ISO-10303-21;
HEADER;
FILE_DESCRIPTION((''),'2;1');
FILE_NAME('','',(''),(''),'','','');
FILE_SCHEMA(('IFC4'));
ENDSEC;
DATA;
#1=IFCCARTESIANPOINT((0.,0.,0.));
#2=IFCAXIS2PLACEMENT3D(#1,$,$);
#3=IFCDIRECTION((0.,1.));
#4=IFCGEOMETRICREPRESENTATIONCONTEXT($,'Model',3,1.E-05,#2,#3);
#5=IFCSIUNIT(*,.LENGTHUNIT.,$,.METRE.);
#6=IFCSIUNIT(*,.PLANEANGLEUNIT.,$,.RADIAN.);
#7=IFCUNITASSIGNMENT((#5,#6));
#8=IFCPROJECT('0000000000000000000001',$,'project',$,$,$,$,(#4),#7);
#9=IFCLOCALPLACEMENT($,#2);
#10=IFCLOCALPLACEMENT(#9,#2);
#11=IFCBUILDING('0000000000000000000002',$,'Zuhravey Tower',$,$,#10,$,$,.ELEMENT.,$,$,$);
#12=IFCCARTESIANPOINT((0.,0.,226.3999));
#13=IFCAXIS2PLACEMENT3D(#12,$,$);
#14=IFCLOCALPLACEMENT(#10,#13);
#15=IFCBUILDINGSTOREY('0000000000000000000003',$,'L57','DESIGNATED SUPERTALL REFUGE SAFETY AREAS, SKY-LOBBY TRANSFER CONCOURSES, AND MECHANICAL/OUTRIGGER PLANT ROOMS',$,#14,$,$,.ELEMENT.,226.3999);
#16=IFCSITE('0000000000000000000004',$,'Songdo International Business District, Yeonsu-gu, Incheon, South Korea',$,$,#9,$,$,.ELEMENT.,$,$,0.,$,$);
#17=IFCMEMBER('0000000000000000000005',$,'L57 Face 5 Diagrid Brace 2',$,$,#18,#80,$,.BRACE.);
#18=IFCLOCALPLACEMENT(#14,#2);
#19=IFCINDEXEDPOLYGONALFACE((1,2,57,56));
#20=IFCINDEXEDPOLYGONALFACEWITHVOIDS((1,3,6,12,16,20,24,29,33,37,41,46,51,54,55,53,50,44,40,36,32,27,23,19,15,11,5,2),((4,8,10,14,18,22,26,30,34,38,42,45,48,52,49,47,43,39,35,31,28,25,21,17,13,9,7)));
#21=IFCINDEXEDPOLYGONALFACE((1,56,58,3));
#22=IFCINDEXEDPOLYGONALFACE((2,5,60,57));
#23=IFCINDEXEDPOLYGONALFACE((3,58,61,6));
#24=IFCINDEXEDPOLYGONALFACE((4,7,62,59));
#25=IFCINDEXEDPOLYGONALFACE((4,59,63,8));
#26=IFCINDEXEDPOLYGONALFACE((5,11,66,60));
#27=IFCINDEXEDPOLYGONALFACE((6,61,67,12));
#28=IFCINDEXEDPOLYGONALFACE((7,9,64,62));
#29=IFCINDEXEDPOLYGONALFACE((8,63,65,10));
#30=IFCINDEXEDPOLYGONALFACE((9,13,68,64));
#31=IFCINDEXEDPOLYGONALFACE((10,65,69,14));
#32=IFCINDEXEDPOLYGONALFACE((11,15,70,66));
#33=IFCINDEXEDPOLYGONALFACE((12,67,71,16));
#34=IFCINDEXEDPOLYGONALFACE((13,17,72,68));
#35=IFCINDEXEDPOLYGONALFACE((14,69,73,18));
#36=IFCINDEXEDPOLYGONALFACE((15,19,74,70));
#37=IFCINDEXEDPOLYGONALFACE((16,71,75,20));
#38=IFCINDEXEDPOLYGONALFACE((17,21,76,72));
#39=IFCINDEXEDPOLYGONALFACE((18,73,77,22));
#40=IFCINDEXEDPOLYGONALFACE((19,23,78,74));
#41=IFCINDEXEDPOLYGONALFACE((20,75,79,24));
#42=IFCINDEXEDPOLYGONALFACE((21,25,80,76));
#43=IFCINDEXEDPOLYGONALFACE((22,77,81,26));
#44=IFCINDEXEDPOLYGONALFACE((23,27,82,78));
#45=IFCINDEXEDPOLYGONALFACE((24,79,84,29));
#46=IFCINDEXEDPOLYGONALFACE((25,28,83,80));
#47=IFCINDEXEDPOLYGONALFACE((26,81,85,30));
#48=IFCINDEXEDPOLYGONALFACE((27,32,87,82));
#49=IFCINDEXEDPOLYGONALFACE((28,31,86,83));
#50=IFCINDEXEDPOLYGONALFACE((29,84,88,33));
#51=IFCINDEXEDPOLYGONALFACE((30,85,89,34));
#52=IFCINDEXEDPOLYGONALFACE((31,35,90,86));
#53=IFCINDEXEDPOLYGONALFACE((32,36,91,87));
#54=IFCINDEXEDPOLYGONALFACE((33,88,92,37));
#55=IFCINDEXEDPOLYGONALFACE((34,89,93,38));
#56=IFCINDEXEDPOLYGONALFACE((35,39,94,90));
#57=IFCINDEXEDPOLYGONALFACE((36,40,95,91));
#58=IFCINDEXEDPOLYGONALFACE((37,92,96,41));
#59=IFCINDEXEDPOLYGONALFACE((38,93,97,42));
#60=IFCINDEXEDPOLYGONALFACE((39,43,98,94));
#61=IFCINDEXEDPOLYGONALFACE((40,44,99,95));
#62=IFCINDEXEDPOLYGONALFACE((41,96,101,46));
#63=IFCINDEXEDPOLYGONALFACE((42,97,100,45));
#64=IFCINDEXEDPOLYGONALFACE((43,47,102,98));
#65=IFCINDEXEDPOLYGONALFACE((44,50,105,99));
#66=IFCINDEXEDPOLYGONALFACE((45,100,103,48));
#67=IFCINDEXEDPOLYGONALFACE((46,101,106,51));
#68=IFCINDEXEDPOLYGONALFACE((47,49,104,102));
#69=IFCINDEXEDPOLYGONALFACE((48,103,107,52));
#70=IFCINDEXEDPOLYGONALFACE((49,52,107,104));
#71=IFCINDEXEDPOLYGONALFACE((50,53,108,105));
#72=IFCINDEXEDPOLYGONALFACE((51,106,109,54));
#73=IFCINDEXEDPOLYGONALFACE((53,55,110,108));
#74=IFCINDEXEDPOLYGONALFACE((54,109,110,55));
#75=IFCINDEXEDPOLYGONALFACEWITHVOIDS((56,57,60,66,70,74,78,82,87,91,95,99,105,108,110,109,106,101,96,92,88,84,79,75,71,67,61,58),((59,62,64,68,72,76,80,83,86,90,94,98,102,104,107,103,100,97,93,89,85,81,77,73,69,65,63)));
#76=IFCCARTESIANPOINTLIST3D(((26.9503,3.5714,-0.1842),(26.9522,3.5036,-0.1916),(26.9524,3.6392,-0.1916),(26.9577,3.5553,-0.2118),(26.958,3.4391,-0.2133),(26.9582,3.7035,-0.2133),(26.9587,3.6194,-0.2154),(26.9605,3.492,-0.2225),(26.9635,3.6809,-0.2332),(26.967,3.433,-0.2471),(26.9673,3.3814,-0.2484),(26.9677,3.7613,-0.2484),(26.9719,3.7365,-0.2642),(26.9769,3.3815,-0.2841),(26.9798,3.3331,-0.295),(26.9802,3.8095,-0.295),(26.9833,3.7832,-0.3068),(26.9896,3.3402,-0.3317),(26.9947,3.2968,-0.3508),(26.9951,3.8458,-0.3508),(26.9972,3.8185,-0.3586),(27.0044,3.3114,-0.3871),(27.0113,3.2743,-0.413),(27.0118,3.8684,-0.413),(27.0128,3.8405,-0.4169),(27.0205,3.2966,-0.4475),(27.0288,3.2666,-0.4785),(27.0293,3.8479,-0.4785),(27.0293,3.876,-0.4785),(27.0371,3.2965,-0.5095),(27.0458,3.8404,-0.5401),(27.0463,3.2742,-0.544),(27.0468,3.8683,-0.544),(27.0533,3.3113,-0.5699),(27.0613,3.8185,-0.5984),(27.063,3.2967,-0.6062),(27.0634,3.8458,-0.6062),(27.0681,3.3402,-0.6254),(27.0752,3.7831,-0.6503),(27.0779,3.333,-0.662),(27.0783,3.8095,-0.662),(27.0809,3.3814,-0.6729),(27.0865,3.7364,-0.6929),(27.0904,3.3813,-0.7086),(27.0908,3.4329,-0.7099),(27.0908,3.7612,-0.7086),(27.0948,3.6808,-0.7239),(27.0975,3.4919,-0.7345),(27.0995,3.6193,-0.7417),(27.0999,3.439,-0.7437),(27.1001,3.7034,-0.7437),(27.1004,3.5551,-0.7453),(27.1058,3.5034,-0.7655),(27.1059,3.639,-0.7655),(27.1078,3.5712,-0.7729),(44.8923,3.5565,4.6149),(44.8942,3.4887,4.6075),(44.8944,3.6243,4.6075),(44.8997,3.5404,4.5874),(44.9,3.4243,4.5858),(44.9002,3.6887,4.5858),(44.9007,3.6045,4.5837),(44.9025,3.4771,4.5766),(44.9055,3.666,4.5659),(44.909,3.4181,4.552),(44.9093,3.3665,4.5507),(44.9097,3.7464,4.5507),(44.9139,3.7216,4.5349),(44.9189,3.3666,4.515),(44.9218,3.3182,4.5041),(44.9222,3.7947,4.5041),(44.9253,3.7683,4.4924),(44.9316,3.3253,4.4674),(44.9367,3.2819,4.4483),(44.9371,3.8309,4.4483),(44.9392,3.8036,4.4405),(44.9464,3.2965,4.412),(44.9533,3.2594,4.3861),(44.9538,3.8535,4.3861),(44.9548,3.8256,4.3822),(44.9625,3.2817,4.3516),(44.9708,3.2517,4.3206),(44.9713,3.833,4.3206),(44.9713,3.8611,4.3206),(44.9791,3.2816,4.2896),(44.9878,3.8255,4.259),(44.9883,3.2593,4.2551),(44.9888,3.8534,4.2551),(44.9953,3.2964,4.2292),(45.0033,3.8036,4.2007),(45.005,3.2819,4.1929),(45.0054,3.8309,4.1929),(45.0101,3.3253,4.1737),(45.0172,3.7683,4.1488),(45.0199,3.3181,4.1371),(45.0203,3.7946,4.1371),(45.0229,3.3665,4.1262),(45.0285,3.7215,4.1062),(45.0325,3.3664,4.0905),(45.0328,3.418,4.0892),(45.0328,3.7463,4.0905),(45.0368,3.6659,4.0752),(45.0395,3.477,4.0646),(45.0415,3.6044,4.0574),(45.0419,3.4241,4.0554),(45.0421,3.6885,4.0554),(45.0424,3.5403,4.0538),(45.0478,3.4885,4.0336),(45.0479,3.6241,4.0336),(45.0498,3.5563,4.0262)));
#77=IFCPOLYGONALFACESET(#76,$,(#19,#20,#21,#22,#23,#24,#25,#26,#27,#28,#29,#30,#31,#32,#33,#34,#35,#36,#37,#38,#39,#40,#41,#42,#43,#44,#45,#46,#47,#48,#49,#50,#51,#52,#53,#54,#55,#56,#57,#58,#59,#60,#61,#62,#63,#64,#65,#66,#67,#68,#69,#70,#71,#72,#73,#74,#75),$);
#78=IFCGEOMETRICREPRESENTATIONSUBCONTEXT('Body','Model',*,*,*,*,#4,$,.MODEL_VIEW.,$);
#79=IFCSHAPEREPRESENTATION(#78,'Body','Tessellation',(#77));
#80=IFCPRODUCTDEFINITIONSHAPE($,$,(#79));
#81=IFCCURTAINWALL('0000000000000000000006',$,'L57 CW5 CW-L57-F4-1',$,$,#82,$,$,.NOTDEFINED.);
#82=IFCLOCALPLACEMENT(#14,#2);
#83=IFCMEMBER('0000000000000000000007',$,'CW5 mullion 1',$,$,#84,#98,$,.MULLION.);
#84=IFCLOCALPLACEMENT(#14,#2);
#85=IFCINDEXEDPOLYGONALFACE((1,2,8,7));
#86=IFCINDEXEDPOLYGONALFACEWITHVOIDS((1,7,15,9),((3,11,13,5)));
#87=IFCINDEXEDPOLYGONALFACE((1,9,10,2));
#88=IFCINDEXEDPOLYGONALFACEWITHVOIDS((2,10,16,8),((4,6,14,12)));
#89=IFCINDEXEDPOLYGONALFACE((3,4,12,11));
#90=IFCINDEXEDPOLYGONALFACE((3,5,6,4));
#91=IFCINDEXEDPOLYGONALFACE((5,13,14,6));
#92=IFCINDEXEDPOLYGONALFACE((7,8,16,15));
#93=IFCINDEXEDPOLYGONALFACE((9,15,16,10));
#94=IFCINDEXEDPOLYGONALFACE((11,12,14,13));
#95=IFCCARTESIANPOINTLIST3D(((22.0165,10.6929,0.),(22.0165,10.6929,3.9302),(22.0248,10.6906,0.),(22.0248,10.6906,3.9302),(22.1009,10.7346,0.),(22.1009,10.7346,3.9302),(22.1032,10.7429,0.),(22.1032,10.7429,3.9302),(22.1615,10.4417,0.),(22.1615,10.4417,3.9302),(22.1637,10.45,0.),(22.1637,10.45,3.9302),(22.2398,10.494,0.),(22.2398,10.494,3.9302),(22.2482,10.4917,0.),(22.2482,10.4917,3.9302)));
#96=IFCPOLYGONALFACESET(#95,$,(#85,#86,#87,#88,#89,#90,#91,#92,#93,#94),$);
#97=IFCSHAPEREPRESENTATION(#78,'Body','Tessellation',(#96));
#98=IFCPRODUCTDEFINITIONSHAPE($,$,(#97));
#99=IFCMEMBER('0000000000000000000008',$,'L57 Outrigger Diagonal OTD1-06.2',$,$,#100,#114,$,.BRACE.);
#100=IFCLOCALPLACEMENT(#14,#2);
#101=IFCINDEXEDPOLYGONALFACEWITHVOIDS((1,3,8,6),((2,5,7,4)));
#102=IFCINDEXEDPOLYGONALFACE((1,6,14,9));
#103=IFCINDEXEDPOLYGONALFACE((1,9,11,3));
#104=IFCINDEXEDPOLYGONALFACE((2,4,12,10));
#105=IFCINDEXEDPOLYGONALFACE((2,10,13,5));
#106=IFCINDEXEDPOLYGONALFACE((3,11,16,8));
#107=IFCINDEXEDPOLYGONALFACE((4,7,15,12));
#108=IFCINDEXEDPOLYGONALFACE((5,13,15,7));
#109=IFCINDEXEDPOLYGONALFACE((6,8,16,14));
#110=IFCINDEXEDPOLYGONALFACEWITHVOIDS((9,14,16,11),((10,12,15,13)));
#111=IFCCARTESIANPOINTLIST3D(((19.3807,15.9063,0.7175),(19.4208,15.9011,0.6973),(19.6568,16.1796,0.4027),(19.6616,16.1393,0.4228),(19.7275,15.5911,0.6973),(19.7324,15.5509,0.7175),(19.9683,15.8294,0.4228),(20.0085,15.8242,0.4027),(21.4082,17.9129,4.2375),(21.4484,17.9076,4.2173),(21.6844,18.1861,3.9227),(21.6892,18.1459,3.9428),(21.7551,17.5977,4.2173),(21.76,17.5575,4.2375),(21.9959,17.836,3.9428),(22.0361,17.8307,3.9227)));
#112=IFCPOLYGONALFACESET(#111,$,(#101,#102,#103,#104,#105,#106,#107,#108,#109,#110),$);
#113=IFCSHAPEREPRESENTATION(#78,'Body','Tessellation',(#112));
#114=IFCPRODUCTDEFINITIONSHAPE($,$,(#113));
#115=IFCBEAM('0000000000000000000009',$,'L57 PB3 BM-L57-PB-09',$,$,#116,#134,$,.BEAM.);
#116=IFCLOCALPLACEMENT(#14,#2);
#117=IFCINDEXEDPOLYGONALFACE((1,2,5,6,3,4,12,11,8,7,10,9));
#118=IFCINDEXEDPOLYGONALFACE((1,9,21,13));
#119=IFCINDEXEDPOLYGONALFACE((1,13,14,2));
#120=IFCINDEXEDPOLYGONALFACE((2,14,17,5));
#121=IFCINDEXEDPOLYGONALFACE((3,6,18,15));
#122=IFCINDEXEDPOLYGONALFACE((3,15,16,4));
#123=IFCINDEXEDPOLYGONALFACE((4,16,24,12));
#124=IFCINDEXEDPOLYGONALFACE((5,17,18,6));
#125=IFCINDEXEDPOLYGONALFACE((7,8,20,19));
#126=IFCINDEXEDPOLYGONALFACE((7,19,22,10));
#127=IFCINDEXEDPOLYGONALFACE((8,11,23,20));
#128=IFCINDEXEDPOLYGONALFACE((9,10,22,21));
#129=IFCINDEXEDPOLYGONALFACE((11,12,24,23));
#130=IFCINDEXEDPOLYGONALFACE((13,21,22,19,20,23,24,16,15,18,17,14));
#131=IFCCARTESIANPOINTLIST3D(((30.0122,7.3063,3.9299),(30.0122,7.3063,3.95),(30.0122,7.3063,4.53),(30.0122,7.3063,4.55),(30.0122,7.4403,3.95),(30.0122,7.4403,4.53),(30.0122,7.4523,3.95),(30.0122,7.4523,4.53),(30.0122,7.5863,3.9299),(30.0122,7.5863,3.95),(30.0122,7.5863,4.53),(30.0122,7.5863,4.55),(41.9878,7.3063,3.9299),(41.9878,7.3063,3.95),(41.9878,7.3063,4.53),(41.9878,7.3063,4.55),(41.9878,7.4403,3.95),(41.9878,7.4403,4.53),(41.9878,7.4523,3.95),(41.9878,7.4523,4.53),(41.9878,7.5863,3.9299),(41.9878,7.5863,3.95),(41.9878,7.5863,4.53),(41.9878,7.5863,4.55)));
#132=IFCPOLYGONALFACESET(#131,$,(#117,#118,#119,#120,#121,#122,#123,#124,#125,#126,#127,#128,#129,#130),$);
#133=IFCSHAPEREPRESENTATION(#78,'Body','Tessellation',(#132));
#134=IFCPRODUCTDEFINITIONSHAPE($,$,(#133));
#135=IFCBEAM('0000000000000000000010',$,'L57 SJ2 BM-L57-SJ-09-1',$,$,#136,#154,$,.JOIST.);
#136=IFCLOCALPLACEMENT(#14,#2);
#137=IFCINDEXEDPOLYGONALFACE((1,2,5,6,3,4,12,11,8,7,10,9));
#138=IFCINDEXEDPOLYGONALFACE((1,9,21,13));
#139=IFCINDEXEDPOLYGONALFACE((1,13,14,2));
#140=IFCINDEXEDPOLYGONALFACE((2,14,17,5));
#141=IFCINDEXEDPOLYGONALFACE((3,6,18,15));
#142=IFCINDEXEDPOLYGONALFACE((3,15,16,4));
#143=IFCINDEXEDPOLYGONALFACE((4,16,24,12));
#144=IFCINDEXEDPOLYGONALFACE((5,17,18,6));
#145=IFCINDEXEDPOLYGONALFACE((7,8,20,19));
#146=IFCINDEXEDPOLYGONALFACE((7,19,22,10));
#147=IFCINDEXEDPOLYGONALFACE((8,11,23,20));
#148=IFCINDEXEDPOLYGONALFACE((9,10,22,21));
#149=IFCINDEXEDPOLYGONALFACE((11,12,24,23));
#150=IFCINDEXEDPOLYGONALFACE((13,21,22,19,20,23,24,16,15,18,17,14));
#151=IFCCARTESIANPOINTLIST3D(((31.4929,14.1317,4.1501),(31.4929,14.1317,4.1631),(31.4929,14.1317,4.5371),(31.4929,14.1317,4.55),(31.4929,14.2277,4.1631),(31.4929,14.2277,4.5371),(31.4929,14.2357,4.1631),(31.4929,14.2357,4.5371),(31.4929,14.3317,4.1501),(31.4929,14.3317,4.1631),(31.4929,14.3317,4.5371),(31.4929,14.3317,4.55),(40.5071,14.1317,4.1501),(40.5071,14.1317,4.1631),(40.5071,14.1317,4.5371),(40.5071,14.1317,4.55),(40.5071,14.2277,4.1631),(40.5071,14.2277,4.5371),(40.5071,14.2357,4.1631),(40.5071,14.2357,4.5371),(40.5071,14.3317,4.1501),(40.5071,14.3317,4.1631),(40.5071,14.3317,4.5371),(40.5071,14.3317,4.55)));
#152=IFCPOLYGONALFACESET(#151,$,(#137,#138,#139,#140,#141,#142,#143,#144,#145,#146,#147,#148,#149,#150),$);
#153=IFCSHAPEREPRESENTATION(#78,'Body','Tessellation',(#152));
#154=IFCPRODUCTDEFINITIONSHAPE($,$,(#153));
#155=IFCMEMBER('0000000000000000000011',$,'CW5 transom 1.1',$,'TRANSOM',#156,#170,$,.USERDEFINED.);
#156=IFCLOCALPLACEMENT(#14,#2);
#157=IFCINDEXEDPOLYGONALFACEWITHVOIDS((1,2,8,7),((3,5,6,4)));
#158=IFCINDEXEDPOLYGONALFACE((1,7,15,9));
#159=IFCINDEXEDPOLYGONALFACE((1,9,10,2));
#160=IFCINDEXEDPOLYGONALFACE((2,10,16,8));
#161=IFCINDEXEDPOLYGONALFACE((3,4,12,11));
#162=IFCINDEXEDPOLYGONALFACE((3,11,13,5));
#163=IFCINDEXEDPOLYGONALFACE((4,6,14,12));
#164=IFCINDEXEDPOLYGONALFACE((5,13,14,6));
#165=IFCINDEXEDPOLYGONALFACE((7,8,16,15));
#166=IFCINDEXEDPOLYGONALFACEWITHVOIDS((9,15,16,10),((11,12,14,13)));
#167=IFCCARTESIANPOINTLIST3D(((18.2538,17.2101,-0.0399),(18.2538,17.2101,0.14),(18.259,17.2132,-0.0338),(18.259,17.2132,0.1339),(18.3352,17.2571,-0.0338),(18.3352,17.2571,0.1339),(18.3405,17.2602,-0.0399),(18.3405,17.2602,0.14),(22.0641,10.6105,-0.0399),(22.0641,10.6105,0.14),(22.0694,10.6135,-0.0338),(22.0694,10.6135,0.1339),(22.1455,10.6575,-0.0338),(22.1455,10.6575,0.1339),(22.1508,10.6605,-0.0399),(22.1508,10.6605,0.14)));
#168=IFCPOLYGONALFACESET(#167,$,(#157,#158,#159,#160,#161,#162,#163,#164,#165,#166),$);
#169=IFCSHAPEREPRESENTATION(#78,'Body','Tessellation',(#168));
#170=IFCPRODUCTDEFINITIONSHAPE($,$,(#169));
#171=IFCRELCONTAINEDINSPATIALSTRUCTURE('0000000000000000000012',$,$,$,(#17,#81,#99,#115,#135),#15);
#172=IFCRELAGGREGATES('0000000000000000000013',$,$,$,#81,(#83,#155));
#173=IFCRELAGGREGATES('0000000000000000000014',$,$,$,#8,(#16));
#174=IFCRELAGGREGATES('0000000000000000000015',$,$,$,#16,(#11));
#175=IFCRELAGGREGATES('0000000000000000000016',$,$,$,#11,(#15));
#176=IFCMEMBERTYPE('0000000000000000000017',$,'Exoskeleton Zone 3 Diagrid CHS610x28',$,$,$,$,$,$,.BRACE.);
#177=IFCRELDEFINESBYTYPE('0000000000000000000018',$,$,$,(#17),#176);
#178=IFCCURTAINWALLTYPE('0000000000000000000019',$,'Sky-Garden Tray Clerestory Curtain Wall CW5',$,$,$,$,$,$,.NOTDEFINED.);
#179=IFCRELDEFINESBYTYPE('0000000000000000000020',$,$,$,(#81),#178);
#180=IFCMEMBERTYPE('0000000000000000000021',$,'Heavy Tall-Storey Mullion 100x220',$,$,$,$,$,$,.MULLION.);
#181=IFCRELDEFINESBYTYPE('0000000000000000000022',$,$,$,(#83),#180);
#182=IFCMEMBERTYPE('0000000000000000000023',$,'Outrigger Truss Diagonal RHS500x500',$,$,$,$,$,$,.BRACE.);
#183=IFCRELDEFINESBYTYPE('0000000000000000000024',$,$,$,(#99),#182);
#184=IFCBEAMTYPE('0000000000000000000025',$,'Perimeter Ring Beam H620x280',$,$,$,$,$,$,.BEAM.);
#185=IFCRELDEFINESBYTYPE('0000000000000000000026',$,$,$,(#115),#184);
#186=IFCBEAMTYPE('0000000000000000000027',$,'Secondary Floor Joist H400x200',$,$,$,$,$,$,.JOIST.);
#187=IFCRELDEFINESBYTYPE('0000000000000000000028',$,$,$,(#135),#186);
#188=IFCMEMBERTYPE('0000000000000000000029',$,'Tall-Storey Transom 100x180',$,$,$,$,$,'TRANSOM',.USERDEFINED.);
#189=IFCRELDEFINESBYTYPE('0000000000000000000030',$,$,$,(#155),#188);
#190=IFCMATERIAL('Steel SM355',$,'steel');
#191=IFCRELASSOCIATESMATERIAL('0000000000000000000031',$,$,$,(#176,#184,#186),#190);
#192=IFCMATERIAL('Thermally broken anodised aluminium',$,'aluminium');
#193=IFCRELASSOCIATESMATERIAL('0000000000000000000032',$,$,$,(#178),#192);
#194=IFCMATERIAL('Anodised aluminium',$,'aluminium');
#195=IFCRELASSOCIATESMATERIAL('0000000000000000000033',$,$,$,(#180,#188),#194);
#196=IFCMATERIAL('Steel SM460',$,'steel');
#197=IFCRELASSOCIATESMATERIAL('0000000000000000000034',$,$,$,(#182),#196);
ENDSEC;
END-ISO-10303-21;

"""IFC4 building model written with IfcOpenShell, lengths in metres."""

from ifc_helpers import new_model, si_unit, direction, frame, origin, origin_2d, place, context, subcontext, project, spatial, hollow_rectangle, hollow_circle, i_section, extrude, material, material_profile, profile_set, type_object, element, aggregate, save


model = new_model("IFC4")

# Units and contexts
model_context = context("Model", 3, precision=1e-05, world=origin(), true_north=direction((0.0, 1.0)))
body_context = subcontext(model_context, "Body", "Model", "MODEL_VIEW")
ifc_project = project(units=[si_unit("LENGTHUNIT", "METRE"), si_unit("PLANEANGLEUNIT", "RADIAN")], contexts=[model_context])

# Site, building, storey
site_placement = place(None, origin())
site = spatial("IfcSite", under=ifc_project, at=site_placement, Name="Songdo International Business District, Yeonsu-gu, Incheon, South Korea", CompositionType="ELEMENT", RefElevation=0.0)
building_placement = place(site_placement, origin())
building = spatial("IfcBuilding", under=site, at=building_placement, Name="Zuhravey Tower", CompositionType="ELEMENT")
storey_placement = place(building_placement, frame((0.0, 0.0, 226.3999)))
storey = spatial("IfcBuildingStorey", under=building, at=storey_placement, Name="L57", Description="DESIGNATED SUPERTALL REFUGE SAFETY AREAS, SKY-LOBBY TRANSFER CONCOURSES, AND MECHANICAL/OUTRIGGER PLANT ROOMS", CompositionType="ELEMENT", Elevation=226.3999)

# Shared definitions
ifc_material_1 = material(Name="Steel SM355", Category="steel")

# Shared definitions
ifc_material_2 = material(Name="Steel SM460", Category="steel")

# Member
ifc_material_profile_1 = material_profile(ifc_material_1, hollow_circle(Radius=0.3047, WallThickness=0.0281, at=origin_2d()), Name="CHS-609.6x28")
ifc_profile_set_1 = profile_set([ifc_material_profile_1], Name="Steel SM355")
member_type_1 = type_object("IfcMemberType", Name="Exoskeleton Zone 3 Diagrid CHS610x28", PredefinedType="BRACE", material=ifc_profile_set_1)
member_1_placement = place(storey_placement, frame((27.0291, 3.5713, -0.4785), z_axis=(0.966039, -0.000802, 0.258395), x_axis=(0.00083, 1.0, 0.0)))
element("IfcMember", 1, at=member_1_placement, inside=storey, type_object=member_type_1, Name="L57 Face 5 Diagrid Brace 2", PredefinedType="BRACE", context=body_context, shape_type="SweptSolid", body=[
    extrude(hollow_circle(Radius=0.3047, WallThickness=0.0281, at=origin_2d()), origin(), (0.0, 0.0, 1.0), 18.5728),
])

# Curtain wall, member
ifc_material_3 = material(Name="Thermally broken anodised aluminium", Category="aluminium")
curtain_wall_type = type_object("IfcCurtainWallType", Name="Sky-Garden Tray Clerestory Curtain Wall CW5", PredefinedType="NOTDEFINED", material=ifc_material_3)
curtain_wall_placement = place(storey_placement, origin())
curtain_wall = element("IfcCurtainWall", 2, at=curtain_wall_placement, inside=storey, type_object=curtain_wall_type, Name="L57 CW5 CW-L57-F4-1", PredefinedType="NOTDEFINED")
ifc_material_4 = material(Name="Anodised aluminium", Category="aluminium")
ifc_material_profile_2 = material_profile(ifc_material_4, hollow_rectangle(XDim=0.1001, YDim=0.29, WallThickness=0.0061, at=origin_2d()), Name="ALU-RHS-100x290x6")
ifc_profile_set_2 = profile_set([ifc_material_profile_2], Name="Anodised aluminium")
member_type_2 = type_object("IfcMemberType", Name="Heavy Tall-Storey Mullion 100x220", PredefinedType="MULLION", material=ifc_profile_set_2)
member_2_placement = place(storey_placement, frame((22.1323, 10.5923, 0.0), z_axis=(0.0, 0.0, 1.0), x_axis=(-0.866025, -0.5, 0.0)))
member_2 = element("IfcMember", 3, at=member_2_placement, type_object=member_type_2, Name="CW5 mullion 1", PredefinedType="MULLION", context=body_context, shape_type="SweptSolid", body=[
    extrude(hollow_rectangle(XDim=0.1001, YDim=0.29, WallThickness=0.0061, at=origin_2d()), origin(), (0.0, 0.0, 1.0), 3.9302),
])

# Member
ifc_material_profile_3 = material_profile(ifc_material_2, hollow_rectangle(XDim=0.5, YDim=0.5, WallThickness=0.032, at=origin_2d()), Name="RHS-500x500x32")
ifc_profile_set_3 = profile_set([ifc_material_profile_3], Name="Steel SM460")
member_type_3 = type_object("IfcMemberType", Name="Outrigger Truss Diagonal RHS500x500", PredefinedType="BRACE", material=ifc_profile_set_3)
member_3_placement = place(storey_placement, frame((19.6946, 15.8652, 0.5601), z_axis=(0.447513, 0.442879, 0.776911), x_axis=(-0.703417, 0.710777, 0.0)))
element("IfcMember", 4, at=member_3_placement, inside=storey, type_object=member_type_3, Name="L57 Outrigger Diagonal OTD1-06.2", PredefinedType="BRACE", context=body_context, shape_type="SweptSolid", body=[
    extrude(hollow_rectangle(XDim=0.5, YDim=0.5, WallThickness=0.032, at=origin_2d()), origin(), (0.0, 0.0, 1.0), 4.5308),
])

# Beams
ifc_material_profile_4 = material_profile(ifc_material_1, i_section(OverallWidth=0.28, OverallDepth=0.6201, WebThickness=0.012, FlangeThickness=0.02, at=origin_2d()), Name="H-620x280x12x20")
ifc_profile_set_4 = profile_set([ifc_material_profile_4], Name="Steel SM355")
beam_type_1 = type_object("IfcBeamType", Name="Perimeter Ring Beam H620x280", PredefinedType="BEAM", material=ifc_profile_set_4)
beam_1_placement = place(storey_placement, frame((30.0122, 7.4463, 4.24), z_axis=(1.0, 0.0, 0.0), x_axis=(0.0, 1.0, 0.0)))
element("IfcBeam", 5, at=beam_1_placement, inside=storey, type_object=beam_type_1, Name="L57 PB3 BM-L57-PB-09", PredefinedType="BEAM", context=body_context, shape_type="SweptSolid", body=[
    extrude(i_section(OverallWidth=0.28, OverallDepth=0.6201, WebThickness=0.012, FlangeThickness=0.02, at=origin_2d()), origin(), (0.0, 0.0, 1.0), 11.9756),
])
ifc_material_profile_5 = material_profile(ifc_material_1, i_section(OverallWidth=0.2, OverallDepth=0.3999, WebThickness=0.0081, FlangeThickness=0.0129, at=origin_2d()), Name="H-400x200x8x13")
ifc_profile_set_5 = profile_set([ifc_material_profile_5], Name="Steel SM355")
beam_type_2 = type_object("IfcBeamType", Name="Secondary Floor Joist H400x200", PredefinedType="JOIST", material=ifc_profile_set_5)
beam_2_placement = place(storey_placement, frame((31.4929, 14.2317, 4.3501), z_axis=(1.0, 0.0, 0.0), x_axis=(0.0, 1.0, 0.0)))
element("IfcBeam", 6, at=beam_2_placement, inside=storey, type_object=beam_type_2, Name="L57 SJ2 BM-L57-SJ-09-1", PredefinedType="JOIST", context=body_context, shape_type="SweptSolid", body=[
    extrude(i_section(OverallWidth=0.2, OverallDepth=0.3999, WebThickness=0.0081, FlangeThickness=0.0129, at=origin_2d()), origin(), (0.0, 0.0, 1.0), 9.0142),
])

# Member
ifc_material_profile_6 = material_profile(ifc_material_4, hollow_rectangle(XDim=0.1001, YDim=0.1799, WallThickness=0.0061, at=origin_2d()), Name="ALU-RHS-100x180x6")
ifc_profile_set_6 = profile_set([ifc_material_profile_6], Name="Anodised aluminium")
member_type_4 = type_object("IfcMemberType", Name="Tall-Storey Transom 100x180", ElementType="TRANSOM", PredefinedType="USERDEFINED", material=ifc_profile_set_6)
member_4_placement = place(storey_placement, frame((22.1074, 10.6355, 0.05), z_axis=(-0.500002, 0.866024, 0.0), x_axis=(-0.866024, -0.500002, 0.0)))
member_4 = element("IfcMember", 7, at=member_4_placement, type_object=member_type_4, Name="CW5 transom 1.1", ObjectType="TRANSOM", PredefinedType="USERDEFINED", context=body_context, shape_type="SweptSolid", body=[
    extrude(hollow_rectangle(XDim=0.1001, YDim=0.1799, WallThickness=0.0061, at=origin_2d()), origin(), (0.0, 0.0, 1.0), 7.6206),
])

aggregate(curtain_wall, [member_2, member_4])

save(model, "model.ifc")
